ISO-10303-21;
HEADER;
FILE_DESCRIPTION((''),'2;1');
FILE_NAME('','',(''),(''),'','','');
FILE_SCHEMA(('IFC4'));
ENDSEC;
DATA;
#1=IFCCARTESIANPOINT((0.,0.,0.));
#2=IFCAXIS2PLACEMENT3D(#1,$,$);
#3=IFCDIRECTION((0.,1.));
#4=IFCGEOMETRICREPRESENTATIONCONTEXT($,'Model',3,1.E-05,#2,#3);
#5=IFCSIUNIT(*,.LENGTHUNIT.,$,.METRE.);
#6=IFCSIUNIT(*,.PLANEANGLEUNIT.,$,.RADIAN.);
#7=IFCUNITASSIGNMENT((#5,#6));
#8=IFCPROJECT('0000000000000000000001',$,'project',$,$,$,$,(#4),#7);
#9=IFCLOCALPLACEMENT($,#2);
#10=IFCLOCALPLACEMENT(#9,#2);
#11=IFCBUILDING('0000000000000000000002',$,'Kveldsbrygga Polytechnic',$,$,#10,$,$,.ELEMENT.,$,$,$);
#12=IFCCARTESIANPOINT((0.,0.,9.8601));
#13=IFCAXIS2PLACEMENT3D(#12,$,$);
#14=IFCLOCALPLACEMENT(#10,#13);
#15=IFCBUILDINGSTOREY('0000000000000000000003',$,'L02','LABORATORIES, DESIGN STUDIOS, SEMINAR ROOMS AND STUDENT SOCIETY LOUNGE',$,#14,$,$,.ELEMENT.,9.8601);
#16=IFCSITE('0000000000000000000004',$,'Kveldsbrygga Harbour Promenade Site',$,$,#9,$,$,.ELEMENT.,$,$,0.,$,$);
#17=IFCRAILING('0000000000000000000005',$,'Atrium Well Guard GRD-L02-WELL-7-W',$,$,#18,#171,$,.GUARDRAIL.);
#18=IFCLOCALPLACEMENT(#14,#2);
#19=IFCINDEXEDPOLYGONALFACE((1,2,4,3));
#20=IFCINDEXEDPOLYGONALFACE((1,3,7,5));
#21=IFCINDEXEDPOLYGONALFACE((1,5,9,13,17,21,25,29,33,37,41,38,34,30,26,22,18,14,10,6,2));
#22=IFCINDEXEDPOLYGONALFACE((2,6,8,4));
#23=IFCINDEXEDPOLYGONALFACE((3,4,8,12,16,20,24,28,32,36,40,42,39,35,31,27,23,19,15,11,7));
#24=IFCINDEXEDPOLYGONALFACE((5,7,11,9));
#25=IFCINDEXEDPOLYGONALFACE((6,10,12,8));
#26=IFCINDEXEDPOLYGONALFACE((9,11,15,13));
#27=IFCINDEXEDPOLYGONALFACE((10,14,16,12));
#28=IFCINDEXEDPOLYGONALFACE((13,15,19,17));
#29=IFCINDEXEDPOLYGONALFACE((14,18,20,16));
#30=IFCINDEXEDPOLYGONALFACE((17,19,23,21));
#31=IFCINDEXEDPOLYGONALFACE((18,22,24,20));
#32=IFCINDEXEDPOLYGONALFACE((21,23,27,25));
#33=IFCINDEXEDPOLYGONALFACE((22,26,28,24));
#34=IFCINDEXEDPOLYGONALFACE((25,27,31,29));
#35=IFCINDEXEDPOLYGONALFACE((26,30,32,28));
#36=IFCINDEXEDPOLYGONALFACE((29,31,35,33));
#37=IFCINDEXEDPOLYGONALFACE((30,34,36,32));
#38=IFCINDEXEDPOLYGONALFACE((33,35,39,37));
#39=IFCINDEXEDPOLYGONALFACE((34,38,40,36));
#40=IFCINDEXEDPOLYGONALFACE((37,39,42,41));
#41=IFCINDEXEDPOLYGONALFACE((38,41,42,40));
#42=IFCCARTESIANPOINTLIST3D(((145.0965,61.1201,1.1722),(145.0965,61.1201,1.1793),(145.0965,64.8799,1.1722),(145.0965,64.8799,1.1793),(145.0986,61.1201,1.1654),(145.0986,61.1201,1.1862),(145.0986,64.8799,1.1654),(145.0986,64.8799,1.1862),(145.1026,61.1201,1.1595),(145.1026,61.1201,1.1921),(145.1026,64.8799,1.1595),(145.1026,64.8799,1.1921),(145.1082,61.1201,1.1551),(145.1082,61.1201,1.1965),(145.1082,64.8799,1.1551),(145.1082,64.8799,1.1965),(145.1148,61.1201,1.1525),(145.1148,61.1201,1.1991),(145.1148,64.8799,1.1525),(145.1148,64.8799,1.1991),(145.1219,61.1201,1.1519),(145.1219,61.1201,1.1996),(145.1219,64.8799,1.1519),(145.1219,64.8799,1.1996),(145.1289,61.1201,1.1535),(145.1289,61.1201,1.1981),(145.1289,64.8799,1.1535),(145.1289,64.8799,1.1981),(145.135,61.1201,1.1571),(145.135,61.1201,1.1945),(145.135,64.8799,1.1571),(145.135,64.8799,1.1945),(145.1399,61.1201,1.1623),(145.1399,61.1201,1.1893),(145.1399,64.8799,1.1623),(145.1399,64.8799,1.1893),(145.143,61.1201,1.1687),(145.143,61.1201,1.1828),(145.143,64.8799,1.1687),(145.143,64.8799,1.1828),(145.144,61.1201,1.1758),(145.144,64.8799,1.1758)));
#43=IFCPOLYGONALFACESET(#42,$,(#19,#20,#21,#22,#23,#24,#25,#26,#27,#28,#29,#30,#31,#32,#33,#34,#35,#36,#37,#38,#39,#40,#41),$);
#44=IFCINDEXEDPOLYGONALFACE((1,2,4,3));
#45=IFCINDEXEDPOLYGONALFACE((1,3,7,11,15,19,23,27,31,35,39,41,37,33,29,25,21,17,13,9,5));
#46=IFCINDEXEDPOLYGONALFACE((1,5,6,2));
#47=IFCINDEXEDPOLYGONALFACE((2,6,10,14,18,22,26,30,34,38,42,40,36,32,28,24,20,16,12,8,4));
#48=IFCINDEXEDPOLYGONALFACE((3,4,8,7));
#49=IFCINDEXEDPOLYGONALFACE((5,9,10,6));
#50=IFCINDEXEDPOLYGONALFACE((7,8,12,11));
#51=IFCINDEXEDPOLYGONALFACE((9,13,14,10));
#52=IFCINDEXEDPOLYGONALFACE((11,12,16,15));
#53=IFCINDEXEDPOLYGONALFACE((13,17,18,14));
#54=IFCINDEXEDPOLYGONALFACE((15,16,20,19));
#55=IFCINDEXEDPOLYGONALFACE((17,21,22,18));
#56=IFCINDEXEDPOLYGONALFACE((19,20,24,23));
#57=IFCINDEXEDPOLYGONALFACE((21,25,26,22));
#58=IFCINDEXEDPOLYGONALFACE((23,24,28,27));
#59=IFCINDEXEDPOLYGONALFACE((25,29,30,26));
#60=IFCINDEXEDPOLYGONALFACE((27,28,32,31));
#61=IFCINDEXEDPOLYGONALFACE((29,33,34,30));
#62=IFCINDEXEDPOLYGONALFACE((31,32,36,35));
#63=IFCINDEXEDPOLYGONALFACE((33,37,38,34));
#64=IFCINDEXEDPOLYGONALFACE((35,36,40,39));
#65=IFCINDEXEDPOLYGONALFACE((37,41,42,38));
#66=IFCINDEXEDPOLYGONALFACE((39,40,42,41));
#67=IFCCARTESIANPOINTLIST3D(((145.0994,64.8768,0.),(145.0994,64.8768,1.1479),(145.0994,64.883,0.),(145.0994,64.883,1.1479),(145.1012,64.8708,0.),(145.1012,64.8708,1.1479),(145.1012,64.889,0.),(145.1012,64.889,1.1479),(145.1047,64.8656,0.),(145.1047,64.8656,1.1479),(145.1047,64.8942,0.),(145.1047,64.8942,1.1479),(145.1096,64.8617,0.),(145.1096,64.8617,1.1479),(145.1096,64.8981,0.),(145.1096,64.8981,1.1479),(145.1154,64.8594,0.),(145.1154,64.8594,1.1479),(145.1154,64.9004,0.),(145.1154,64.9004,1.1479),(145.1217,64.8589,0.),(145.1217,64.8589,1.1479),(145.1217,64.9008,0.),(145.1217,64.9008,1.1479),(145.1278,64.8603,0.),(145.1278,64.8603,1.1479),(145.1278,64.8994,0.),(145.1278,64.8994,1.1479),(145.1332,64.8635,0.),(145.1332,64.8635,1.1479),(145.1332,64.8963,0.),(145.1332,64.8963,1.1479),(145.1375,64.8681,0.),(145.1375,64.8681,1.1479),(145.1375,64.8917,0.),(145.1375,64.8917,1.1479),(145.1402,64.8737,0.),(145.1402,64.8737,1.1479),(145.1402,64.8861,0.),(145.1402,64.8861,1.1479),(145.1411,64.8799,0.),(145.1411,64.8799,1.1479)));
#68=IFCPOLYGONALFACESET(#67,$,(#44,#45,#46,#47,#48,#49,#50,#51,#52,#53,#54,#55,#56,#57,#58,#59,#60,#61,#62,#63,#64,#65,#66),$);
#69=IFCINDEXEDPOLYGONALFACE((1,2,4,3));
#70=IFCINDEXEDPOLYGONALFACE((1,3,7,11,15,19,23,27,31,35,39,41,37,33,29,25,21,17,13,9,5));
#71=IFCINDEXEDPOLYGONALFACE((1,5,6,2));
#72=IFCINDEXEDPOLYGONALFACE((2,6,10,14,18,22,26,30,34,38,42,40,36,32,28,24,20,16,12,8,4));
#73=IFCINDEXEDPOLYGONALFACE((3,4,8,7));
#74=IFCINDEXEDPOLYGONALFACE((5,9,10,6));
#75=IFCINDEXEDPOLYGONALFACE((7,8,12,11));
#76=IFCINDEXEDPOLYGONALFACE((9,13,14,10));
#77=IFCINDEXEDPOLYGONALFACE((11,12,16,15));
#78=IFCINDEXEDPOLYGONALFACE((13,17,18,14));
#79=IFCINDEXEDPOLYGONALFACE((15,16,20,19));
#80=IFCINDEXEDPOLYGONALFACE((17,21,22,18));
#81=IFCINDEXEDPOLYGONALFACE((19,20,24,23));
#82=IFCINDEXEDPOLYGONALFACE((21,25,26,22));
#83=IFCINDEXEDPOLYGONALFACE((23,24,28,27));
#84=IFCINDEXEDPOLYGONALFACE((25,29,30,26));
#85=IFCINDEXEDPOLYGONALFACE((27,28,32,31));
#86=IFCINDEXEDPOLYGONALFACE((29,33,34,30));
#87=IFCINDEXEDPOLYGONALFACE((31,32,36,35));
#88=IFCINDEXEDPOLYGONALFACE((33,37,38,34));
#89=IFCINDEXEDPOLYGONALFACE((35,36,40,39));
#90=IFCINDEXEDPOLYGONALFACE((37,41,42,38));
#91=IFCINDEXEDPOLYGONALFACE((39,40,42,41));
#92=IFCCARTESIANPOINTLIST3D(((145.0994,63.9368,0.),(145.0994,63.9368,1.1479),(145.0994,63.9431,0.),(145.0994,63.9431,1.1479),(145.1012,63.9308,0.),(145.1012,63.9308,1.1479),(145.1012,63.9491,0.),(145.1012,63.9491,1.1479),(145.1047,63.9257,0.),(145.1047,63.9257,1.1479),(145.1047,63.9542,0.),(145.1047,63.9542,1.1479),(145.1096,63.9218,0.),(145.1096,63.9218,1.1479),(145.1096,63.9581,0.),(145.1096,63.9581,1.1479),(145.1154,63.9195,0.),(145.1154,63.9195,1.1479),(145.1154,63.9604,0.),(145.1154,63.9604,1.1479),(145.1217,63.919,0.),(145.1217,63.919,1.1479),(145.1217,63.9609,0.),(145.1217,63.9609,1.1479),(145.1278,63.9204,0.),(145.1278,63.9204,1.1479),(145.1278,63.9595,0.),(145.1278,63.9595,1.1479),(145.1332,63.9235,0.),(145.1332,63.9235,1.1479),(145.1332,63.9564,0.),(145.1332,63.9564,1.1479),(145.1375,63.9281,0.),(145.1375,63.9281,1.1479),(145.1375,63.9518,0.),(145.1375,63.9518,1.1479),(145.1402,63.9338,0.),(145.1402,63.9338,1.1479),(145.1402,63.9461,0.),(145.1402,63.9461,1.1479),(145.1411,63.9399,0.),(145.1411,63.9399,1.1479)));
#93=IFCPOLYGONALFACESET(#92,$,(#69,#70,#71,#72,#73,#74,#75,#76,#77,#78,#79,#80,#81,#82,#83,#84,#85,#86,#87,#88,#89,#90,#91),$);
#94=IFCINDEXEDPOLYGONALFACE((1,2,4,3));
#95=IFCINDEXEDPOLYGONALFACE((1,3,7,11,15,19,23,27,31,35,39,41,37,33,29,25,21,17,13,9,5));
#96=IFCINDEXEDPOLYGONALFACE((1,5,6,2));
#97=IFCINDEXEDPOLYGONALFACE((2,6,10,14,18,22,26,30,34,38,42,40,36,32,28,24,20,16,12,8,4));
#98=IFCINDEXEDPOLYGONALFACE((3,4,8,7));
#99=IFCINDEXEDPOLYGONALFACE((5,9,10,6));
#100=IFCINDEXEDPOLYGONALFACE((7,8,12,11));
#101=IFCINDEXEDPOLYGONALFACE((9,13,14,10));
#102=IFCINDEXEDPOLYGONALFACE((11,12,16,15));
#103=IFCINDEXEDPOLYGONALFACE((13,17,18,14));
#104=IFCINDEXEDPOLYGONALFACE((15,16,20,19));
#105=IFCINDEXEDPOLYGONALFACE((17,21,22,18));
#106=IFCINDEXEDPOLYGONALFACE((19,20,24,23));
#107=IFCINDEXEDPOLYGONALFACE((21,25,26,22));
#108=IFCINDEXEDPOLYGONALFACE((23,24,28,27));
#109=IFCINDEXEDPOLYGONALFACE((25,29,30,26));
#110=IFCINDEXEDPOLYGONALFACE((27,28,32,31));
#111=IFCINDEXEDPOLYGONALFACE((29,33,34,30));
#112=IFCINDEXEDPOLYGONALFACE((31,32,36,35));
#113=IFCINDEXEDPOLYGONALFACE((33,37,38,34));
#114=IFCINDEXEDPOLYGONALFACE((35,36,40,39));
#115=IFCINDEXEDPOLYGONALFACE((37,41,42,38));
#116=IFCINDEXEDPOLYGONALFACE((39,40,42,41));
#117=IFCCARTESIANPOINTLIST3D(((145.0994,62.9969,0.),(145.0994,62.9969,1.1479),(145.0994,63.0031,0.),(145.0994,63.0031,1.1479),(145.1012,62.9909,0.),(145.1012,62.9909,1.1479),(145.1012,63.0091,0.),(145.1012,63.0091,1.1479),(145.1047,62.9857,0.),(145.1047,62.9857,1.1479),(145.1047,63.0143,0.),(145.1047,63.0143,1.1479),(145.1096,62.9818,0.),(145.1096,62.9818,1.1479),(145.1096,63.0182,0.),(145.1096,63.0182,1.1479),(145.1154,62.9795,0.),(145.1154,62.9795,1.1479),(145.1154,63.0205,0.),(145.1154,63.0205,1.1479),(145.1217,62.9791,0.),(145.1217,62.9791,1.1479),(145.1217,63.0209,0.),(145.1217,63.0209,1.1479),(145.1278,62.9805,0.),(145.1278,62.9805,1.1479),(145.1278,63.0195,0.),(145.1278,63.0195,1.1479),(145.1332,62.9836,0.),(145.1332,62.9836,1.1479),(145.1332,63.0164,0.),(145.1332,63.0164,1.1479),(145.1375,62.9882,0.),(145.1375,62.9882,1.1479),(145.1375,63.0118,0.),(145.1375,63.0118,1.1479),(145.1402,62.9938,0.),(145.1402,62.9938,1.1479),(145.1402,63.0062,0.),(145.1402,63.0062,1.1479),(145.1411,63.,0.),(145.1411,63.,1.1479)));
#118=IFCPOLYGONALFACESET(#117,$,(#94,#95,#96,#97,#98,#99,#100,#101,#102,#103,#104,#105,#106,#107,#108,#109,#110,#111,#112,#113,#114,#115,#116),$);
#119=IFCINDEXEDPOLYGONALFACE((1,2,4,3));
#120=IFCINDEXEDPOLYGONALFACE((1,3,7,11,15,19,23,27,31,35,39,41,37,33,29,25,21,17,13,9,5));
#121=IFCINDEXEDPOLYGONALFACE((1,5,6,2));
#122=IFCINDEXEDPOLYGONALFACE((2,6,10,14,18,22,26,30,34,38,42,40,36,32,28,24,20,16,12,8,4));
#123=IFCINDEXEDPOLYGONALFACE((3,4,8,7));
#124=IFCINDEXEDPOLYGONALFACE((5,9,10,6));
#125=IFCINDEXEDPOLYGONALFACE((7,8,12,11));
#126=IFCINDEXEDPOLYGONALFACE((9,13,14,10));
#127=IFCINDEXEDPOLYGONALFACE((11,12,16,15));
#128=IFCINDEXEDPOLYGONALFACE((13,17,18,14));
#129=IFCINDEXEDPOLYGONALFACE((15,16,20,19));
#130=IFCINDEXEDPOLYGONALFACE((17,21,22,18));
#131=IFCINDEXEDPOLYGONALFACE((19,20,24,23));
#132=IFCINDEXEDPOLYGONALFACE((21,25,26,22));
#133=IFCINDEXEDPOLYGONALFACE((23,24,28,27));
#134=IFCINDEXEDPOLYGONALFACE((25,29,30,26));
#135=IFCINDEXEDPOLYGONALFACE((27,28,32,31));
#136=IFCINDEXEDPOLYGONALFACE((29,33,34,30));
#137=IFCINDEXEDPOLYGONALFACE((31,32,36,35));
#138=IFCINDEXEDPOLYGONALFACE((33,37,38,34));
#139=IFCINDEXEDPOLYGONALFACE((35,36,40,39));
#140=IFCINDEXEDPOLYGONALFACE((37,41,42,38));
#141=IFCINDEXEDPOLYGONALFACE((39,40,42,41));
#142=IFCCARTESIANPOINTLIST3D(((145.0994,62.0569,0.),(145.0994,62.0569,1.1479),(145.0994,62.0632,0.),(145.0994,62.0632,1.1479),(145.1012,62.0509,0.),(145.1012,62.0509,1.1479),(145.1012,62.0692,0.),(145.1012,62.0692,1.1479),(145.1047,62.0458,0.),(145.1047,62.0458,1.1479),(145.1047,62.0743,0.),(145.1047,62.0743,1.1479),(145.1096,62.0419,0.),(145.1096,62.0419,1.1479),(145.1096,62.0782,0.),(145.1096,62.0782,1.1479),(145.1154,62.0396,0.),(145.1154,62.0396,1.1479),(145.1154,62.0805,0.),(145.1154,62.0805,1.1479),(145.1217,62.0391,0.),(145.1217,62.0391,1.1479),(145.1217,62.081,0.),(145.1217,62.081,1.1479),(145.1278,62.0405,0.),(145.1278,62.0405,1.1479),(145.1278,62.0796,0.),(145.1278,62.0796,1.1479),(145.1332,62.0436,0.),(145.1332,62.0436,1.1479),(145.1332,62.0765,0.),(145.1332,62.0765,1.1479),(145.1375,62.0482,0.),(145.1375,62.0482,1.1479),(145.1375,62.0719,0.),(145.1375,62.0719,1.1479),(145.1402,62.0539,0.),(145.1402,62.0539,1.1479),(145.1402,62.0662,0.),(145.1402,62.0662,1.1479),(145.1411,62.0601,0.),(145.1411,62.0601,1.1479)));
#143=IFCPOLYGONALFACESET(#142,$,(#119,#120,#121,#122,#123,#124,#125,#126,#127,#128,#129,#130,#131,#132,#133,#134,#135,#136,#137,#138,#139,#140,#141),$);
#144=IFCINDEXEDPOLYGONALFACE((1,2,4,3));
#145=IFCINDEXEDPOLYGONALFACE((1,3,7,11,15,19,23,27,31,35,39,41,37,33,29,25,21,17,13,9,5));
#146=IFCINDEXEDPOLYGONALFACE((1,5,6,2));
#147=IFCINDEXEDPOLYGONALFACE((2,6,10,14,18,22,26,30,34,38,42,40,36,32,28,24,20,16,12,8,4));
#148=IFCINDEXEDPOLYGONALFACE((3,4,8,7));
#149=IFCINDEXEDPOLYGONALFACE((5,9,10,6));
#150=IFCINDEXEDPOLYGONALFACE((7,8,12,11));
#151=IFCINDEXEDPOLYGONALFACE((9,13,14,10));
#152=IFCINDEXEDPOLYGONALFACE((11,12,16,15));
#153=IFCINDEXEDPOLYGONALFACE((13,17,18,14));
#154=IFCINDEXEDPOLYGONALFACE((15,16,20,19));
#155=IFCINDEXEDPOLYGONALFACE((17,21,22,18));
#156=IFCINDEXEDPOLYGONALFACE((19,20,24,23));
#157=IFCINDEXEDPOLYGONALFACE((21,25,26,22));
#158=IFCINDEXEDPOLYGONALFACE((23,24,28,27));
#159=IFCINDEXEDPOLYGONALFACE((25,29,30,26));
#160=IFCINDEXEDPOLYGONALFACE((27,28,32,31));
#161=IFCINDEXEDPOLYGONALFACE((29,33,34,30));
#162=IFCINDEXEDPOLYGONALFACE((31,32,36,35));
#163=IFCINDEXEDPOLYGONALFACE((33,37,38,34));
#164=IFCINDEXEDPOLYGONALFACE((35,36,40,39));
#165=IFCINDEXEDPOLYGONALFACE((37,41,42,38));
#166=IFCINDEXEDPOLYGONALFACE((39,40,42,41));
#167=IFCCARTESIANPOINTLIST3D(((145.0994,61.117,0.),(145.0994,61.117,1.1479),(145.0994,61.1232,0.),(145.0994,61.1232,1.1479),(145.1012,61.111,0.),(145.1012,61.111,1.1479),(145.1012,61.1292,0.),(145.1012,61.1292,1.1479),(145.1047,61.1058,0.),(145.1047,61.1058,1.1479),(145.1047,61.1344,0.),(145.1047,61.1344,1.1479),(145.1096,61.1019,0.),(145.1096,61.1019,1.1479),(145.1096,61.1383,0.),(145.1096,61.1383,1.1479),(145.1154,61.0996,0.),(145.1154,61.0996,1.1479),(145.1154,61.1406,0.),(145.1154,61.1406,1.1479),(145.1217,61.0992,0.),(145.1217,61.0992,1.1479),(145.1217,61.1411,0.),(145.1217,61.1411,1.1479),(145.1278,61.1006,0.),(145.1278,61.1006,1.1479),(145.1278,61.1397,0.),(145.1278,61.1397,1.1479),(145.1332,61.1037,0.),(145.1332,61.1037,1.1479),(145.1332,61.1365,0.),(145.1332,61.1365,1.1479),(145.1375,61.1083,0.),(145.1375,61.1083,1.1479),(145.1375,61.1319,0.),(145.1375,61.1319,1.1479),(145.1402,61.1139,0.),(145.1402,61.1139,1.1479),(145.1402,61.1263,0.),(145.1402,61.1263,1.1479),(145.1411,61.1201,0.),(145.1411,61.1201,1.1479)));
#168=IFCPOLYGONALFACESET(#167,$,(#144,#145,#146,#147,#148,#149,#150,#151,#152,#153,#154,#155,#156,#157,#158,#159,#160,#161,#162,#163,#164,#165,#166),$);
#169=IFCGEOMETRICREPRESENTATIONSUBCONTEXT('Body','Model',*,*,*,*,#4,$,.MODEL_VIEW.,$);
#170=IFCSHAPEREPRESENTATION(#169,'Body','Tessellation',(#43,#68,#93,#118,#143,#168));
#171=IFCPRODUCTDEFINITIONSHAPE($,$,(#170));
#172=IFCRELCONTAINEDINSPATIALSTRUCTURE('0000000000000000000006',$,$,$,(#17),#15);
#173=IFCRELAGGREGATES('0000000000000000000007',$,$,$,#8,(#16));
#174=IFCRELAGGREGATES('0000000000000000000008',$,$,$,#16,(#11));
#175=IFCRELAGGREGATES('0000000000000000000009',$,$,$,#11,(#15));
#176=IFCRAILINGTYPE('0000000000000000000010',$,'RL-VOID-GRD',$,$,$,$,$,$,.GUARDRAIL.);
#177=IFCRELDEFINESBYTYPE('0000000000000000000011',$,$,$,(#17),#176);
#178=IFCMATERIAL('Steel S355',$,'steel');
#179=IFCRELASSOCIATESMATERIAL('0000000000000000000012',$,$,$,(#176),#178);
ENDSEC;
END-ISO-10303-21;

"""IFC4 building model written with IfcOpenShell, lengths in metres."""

from ifc_helpers import new_model, si_unit, direction, frame, origin, origin_2d, place, context, subcontext, project, spatial, circle, extrude, material, type_object, element, save


model = new_model("IFC4")

# Units and contexts
model_context = context("Model", 3, precision=1e-05, world=origin(), true_north=direction((0.0, 1.0)))
body_context = subcontext(model_context, "Body", "Model", "MODEL_VIEW")
ifc_project = project(units=[si_unit("LENGTHUNIT", "METRE"), si_unit("PLANEANGLEUNIT", "RADIAN")], contexts=[model_context])

# Site, building, storey
site_placement = place(None, origin())
site = spatial("IfcSite", under=ifc_project, at=site_placement, Name="Kveldsbrygga Harbour Promenade Site", CompositionType="ELEMENT", RefElevation=0.0)
building_placement = place(site_placement, origin())
building = spatial("IfcBuilding", under=site, at=building_placement, Name="Kveldsbrygga Polytechnic", CompositionType="ELEMENT")
storey_placement = place(building_placement, frame((0.0, 0.0, 9.8601)))
storey = spatial("IfcBuildingStorey", under=building, at=storey_placement, Name="L02", Description="LABORATORIES, DESIGN STUDIOS, SEMINAR ROOMS AND STUDENT SOCIETY LOUNGE", CompositionType="ELEMENT", Elevation=9.8601)

# Shared definitions
ifc_material_1 = material(Name="Steel S355", Category="steel")

# Railing
railing_type = type_object("IfcRailingType", Name="RL-VOID-GRD", PredefinedType="GUARDRAIL", material=ifc_material_1)
railing_1_placement = place(storey_placement, frame((145.1201, 64.8799, 0.0)))
element("IfcRailing", 1, at=railing_1_placement, inside=storey, type_object=railing_type, Name="Atrium Well Guard GRD-L02-WELL-7-W", PredefinedType="GUARDRAIL", context=body_context, shape_type="SweptSolid", body=[
    extrude(circle(Radius=0.0239, at=origin_2d()), frame((0.0, 0.0, 1.1758), z_axis=(0.0, -1.0, 0.0), x_axis=(1.0, 0.0, 0.0)), (0.0, 0.0, 1.0), 3.7598),
    extrude(circle(Radius=0.021, at=origin_2d()), origin(), (0.0, 0.0, 1.0), 1.1479),
    extrude(circle(Radius=0.021, at=origin_2d()), frame((0.0, -0.9399, 0.0)), (0.0, 0.0, 1.0), 1.1479),
    extrude(circle(Radius=0.021, at=origin_2d()), frame((0.0, -1.8799, 0.0)), (0.0, 0.0, 1.0), 1.1479),
    extrude(circle(Radius=0.021, at=origin_2d()), frame((0.0, -2.8198, 0.0)), (0.0, 0.0, 1.0), 1.1479),
    extrude(circle(Radius=0.021, at=origin_2d()), frame((0.0, -3.7598, 0.0)), (0.0, 0.0, 1.0), 1.1479),
])

save(model, "model.ifc")
